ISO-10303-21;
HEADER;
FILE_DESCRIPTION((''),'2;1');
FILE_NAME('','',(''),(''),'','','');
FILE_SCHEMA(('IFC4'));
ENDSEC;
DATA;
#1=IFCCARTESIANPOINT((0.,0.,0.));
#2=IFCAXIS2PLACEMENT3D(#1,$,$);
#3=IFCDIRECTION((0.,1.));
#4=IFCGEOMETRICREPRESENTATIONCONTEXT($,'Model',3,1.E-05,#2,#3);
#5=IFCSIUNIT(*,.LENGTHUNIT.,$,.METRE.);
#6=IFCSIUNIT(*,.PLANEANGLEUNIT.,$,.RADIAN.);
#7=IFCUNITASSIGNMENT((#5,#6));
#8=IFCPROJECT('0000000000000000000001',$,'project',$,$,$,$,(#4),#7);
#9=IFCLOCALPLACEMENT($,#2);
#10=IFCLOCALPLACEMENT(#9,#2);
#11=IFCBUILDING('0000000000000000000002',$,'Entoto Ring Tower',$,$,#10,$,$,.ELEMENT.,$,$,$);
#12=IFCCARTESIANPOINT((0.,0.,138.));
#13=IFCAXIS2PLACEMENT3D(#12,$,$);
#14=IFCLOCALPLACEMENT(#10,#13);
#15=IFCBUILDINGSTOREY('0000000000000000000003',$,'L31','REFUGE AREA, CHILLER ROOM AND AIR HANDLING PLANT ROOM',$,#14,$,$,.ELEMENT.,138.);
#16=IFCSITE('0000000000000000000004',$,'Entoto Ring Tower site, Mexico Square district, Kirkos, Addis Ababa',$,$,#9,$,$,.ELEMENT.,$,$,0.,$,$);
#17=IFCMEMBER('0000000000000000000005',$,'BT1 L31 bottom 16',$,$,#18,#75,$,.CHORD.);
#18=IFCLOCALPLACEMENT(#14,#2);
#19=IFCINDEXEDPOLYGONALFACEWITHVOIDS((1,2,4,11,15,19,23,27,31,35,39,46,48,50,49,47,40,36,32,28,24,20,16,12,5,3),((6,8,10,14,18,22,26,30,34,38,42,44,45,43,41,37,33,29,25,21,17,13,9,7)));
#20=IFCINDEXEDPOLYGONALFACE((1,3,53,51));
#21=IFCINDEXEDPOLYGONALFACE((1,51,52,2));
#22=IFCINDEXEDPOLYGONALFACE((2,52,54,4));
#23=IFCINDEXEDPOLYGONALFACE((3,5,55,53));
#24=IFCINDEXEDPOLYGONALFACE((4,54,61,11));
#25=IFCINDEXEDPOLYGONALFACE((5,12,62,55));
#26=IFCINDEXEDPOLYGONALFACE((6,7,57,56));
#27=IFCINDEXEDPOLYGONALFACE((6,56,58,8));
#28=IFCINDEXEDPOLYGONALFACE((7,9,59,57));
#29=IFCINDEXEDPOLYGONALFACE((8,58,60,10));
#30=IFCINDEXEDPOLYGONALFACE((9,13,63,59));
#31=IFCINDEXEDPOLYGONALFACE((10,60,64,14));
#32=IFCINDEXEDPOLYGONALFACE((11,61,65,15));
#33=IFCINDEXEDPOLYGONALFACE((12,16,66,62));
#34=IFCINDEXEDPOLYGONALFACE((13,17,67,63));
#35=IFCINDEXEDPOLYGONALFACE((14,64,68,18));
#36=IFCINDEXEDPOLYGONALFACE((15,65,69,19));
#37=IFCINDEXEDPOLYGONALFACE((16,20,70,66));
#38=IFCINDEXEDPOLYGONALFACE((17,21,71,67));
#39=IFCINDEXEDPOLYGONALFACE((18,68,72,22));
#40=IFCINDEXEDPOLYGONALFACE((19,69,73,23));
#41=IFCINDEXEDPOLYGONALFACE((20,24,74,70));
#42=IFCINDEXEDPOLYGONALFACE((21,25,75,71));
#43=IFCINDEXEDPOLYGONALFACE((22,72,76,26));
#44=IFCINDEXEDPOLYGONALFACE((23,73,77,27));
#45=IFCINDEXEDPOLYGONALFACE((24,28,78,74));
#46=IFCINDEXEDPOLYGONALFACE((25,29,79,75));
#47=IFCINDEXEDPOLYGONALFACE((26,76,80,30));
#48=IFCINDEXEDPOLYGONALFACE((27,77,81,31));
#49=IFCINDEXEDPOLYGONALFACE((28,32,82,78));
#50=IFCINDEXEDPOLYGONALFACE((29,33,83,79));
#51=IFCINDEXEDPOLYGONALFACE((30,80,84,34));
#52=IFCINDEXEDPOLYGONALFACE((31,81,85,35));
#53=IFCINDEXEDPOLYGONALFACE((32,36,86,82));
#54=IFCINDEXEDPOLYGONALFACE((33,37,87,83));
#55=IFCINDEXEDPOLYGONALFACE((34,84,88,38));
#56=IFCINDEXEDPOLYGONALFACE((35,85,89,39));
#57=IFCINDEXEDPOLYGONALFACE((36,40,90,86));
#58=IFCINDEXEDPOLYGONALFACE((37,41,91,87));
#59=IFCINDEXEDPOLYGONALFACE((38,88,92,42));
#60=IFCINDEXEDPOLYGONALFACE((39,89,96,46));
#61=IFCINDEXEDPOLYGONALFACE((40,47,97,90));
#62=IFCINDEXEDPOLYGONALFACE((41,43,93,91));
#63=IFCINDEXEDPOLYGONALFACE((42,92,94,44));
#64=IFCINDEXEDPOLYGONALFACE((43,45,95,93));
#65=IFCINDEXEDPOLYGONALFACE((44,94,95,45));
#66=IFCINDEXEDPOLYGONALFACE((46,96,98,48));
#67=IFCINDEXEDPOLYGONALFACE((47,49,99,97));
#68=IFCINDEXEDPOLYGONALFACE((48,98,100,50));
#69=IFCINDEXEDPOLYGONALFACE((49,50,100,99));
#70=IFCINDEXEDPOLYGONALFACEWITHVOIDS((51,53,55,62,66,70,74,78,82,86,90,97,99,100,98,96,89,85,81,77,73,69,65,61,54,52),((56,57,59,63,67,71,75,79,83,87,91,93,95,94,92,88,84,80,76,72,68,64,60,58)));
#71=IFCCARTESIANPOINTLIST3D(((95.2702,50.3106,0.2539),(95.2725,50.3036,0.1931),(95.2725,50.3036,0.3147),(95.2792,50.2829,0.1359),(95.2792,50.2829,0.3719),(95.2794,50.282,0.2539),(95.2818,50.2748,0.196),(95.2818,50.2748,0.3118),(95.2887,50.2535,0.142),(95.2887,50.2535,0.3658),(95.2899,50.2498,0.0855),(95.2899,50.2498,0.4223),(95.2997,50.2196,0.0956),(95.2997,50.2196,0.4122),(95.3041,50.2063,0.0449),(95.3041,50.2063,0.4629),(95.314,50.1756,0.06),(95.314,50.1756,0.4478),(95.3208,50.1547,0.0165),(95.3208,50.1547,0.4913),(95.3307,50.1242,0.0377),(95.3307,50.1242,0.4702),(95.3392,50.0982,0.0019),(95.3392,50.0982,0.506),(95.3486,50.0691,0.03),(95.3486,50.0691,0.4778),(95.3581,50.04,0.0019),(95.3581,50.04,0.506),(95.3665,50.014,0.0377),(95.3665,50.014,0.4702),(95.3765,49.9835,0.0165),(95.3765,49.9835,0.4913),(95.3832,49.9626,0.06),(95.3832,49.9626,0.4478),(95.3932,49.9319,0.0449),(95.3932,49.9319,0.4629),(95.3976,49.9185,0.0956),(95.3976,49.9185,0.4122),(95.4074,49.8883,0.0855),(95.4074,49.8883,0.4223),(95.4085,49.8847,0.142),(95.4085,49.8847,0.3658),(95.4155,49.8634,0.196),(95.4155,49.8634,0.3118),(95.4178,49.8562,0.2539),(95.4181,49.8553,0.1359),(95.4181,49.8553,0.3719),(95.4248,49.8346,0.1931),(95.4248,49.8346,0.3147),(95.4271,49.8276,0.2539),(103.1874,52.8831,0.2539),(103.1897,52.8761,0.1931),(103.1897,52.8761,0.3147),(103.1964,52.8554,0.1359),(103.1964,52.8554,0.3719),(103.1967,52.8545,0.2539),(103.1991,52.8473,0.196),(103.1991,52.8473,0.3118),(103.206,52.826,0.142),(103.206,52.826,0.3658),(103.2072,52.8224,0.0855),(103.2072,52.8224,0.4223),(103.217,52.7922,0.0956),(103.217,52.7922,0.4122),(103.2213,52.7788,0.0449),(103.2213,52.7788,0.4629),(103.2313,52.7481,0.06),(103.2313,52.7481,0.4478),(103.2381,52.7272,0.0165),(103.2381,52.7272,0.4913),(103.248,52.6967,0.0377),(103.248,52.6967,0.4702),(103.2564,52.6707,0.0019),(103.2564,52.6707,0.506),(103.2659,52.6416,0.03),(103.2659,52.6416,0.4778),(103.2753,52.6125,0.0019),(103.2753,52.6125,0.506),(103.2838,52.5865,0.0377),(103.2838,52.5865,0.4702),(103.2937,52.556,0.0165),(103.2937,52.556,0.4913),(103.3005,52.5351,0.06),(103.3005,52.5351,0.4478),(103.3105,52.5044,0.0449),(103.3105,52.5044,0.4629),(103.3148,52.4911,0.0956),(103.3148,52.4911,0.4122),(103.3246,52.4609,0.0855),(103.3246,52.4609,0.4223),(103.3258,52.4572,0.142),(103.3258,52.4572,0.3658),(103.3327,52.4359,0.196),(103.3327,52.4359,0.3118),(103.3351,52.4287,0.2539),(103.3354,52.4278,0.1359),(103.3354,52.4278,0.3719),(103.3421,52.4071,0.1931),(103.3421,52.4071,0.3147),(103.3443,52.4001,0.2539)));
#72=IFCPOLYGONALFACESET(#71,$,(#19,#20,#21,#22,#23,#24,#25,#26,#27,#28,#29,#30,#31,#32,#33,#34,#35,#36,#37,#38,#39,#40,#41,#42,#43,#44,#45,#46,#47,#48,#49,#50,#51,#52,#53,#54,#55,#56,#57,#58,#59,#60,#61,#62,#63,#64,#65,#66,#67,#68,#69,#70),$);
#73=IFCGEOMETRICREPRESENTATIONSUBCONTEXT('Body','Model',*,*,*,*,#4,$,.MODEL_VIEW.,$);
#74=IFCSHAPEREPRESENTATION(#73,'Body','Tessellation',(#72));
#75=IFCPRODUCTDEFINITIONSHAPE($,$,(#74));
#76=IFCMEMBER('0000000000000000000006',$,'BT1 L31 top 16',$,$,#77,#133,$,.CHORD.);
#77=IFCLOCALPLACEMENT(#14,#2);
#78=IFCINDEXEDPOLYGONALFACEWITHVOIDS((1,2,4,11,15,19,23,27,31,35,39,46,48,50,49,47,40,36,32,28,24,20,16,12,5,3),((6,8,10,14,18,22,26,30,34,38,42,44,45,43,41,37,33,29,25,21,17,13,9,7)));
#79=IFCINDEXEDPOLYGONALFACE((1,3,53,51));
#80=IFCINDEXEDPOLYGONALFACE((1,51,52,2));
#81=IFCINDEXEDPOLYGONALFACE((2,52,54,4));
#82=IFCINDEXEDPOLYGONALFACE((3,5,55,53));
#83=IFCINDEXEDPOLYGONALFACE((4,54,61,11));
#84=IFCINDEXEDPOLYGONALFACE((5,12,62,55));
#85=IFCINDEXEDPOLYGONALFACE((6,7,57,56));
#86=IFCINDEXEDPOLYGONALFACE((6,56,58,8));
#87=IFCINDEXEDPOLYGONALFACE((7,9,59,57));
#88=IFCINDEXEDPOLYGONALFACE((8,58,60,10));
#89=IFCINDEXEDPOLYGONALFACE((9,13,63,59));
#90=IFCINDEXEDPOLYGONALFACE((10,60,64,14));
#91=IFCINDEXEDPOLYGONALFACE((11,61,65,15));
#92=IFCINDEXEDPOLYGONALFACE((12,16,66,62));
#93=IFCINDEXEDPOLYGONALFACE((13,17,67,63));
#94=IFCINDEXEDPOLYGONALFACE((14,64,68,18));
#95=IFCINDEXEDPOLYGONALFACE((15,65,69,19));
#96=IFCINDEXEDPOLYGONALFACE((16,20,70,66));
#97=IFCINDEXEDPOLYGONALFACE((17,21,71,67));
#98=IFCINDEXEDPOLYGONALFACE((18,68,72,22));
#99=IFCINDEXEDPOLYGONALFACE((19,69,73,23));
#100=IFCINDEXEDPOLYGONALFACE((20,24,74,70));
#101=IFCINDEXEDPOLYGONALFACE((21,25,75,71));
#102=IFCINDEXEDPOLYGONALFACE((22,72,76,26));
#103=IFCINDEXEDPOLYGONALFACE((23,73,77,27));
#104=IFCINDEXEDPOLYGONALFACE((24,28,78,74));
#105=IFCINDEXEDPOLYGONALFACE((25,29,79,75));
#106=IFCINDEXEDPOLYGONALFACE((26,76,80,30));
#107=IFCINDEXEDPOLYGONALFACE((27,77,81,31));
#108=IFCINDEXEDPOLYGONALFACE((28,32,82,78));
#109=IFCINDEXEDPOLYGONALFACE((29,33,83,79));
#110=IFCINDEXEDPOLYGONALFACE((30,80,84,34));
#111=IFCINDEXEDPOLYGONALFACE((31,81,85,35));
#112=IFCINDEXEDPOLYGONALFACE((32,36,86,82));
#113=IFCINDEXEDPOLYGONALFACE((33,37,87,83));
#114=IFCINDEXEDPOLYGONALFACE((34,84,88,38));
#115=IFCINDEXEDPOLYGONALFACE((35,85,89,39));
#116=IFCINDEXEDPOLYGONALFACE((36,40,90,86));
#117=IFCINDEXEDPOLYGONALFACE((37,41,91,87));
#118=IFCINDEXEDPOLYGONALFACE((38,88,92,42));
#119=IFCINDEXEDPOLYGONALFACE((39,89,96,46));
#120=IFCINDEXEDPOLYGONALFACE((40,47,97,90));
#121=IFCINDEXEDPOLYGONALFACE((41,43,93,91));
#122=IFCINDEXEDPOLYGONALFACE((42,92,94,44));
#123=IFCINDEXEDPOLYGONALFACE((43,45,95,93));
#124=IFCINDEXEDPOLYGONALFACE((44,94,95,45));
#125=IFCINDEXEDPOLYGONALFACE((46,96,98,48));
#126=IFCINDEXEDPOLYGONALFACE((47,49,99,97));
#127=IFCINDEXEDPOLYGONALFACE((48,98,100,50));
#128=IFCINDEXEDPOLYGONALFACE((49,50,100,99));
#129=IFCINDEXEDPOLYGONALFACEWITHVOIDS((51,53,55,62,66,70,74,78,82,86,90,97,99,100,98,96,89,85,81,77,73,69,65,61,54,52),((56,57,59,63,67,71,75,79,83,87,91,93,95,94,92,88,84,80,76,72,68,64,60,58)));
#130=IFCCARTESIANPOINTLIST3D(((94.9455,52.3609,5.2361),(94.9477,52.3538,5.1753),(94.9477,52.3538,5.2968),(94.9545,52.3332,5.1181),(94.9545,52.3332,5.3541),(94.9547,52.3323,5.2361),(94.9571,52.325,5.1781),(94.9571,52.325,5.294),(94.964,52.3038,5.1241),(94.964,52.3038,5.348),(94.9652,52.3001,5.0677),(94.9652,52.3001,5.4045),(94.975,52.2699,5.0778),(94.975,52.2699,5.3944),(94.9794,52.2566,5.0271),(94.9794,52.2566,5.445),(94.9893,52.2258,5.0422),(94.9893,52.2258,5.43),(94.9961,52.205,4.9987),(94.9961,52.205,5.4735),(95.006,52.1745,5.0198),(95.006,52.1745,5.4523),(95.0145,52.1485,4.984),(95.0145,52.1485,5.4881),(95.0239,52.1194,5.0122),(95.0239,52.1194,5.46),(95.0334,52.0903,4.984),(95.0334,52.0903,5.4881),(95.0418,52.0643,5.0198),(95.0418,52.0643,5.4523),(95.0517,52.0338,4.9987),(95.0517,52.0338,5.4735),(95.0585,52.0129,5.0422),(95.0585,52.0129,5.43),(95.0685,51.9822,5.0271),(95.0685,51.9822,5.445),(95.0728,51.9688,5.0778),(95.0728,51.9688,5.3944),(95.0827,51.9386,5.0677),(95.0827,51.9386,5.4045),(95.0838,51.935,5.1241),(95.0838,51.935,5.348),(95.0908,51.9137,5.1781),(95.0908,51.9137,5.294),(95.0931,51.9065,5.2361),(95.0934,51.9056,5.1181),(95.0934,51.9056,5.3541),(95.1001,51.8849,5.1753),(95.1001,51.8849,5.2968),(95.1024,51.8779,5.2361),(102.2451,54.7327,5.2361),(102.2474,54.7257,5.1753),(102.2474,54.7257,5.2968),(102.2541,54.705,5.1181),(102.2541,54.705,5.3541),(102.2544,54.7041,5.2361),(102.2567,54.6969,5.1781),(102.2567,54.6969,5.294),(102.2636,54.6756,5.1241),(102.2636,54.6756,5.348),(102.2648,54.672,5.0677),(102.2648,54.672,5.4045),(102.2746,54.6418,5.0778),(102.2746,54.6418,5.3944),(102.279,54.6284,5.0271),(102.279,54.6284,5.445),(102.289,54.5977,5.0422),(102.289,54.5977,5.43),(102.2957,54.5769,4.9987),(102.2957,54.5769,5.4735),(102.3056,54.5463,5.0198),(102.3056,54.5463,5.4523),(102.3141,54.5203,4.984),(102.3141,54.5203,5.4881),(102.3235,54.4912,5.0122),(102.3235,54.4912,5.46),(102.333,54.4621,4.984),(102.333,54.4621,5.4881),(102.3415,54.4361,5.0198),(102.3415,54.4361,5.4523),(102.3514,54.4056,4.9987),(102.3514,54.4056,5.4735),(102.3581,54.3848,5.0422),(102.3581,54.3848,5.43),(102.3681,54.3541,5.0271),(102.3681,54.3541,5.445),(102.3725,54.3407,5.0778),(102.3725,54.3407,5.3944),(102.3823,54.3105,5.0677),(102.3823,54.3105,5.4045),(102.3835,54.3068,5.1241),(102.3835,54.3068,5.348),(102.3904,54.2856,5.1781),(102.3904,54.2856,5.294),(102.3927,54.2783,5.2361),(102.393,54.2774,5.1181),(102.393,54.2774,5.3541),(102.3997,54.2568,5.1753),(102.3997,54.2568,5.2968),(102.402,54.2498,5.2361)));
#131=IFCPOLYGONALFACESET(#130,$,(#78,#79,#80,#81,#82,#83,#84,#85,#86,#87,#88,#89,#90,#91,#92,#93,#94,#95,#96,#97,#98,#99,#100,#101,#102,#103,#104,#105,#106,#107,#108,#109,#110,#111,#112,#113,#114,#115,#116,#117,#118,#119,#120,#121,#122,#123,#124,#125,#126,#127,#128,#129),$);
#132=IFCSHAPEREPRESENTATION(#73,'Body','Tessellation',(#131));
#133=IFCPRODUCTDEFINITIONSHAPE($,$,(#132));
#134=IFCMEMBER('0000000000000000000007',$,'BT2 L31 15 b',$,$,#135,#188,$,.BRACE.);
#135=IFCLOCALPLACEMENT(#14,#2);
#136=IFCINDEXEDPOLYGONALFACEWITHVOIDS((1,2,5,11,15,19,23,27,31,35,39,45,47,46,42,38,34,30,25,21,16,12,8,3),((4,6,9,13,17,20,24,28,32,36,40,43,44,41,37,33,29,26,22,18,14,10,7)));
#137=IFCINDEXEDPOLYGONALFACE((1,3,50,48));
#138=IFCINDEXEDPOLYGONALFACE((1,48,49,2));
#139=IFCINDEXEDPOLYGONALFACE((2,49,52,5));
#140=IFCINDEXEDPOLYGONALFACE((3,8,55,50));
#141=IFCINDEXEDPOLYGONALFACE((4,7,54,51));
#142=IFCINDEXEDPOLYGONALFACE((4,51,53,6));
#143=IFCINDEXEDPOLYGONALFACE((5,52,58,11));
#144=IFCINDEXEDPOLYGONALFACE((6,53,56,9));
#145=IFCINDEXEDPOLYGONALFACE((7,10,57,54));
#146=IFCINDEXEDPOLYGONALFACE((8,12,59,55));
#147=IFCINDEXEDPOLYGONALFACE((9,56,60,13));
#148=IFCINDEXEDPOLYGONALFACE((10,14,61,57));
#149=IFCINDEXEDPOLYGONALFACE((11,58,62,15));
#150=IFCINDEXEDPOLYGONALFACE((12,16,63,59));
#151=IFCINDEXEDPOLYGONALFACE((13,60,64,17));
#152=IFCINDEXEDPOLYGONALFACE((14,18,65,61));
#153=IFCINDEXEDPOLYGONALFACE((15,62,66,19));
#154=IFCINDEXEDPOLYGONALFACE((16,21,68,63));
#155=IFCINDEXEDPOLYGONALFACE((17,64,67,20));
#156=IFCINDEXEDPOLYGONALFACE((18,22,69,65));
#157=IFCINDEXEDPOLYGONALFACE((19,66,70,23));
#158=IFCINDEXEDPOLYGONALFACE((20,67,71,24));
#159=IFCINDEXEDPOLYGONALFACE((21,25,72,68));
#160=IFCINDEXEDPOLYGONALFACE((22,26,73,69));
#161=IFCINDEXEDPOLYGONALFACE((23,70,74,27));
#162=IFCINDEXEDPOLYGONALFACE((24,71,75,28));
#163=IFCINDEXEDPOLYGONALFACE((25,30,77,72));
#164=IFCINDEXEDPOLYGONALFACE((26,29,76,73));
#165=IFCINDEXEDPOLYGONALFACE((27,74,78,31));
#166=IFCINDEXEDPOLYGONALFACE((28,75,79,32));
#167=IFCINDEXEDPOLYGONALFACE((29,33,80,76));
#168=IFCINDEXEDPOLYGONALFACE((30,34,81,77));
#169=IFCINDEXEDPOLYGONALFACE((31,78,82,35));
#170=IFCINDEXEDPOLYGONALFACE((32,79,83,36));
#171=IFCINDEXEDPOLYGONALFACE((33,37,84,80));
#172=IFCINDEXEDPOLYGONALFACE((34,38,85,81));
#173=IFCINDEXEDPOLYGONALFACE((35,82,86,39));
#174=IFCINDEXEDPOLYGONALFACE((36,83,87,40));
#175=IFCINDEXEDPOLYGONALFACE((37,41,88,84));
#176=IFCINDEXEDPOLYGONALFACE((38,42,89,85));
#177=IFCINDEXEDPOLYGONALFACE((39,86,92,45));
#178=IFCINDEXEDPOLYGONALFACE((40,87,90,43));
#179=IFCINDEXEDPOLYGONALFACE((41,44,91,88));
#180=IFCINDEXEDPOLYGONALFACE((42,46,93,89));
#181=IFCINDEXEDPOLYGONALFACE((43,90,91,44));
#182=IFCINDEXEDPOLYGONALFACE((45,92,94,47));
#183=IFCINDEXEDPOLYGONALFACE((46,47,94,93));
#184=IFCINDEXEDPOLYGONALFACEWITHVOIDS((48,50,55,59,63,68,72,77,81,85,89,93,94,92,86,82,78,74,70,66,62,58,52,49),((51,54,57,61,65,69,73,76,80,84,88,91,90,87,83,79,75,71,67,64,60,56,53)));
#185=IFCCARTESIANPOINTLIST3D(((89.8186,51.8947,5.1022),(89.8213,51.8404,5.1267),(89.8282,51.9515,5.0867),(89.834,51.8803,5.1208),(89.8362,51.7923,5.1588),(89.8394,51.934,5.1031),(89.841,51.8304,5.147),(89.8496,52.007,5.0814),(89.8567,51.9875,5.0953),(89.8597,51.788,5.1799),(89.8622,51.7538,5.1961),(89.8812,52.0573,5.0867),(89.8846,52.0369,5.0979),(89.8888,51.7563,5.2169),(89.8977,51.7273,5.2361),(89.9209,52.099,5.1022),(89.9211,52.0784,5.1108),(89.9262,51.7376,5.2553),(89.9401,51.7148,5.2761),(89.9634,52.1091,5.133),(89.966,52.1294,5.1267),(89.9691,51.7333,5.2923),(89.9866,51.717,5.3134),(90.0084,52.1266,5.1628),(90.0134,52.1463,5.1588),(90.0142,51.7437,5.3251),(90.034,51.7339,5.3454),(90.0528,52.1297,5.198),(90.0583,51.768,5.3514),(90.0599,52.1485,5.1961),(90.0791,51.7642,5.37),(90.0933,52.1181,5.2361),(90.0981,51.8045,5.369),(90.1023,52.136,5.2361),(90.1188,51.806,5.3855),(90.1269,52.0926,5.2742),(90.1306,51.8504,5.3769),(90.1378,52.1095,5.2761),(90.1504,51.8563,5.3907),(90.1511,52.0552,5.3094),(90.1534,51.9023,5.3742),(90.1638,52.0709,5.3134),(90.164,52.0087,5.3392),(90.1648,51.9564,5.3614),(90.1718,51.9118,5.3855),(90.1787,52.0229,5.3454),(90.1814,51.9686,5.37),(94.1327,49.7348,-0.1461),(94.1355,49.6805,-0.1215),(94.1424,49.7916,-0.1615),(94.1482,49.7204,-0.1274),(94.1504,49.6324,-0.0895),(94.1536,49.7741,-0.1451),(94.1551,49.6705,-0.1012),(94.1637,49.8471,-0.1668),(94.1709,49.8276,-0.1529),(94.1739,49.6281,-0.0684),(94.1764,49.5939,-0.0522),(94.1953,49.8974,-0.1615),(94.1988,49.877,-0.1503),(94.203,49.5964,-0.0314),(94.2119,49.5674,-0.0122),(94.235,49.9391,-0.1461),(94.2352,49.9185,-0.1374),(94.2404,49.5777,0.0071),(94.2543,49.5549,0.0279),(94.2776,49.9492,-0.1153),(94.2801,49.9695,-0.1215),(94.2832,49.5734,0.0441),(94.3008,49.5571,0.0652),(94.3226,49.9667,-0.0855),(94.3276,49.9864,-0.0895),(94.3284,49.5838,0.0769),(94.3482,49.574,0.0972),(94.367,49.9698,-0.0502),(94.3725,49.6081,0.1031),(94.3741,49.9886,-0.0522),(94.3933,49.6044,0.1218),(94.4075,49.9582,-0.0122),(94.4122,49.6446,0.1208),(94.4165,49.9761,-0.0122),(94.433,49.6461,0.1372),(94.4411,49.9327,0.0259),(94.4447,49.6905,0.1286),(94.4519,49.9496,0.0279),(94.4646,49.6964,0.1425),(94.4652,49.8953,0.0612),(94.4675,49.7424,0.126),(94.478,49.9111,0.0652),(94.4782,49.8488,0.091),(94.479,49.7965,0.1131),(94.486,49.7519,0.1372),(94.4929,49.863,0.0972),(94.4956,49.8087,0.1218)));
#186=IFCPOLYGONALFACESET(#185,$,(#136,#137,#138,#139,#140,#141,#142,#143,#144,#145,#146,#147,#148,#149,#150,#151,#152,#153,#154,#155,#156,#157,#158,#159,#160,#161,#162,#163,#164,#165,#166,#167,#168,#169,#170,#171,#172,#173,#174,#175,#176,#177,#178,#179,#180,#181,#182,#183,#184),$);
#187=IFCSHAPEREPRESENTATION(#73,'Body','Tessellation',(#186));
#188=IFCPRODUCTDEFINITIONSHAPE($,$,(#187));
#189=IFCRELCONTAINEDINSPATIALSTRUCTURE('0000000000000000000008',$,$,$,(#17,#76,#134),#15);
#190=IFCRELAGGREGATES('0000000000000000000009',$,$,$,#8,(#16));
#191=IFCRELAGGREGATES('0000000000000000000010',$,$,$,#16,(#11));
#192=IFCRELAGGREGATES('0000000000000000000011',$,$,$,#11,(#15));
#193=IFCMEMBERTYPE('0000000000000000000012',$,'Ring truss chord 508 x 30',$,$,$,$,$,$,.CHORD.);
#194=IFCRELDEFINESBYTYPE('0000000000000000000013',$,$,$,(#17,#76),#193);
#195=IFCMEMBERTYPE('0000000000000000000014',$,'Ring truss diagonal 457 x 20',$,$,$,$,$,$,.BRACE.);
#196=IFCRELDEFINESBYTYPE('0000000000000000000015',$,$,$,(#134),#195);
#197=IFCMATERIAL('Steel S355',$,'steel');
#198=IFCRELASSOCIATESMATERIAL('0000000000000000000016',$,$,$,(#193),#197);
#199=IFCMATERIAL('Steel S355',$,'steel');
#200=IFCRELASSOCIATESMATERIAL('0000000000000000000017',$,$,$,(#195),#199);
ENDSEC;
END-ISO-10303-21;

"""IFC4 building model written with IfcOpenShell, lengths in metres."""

from ifc_helpers import new_model, si_unit, direction, frame, origin, origin_2d, place, context, subcontext, project, spatial, circle, hollow_circle, extrude, material, material_profile, profile_set, type_object, element, save


model = new_model("IFC4")

# Units and contexts
model_context = context("Model", 3, precision=1e-05, world=origin(), true_north=direction((0.0, 1.0)))
body_context = subcontext(model_context, "Body", "Model", "MODEL_VIEW")
ifc_project = project(units=[si_unit("LENGTHUNIT", "METRE"), si_unit("PLANEANGLEUNIT", "RADIAN")], contexts=[model_context])

# Site, building, storey
site_placement = place(None, origin())
site = spatial("IfcSite", under=ifc_project, at=site_placement, Name="Entoto Ring Tower site, Mexico Square district, Kirkos, Addis Ababa", CompositionType="ELEMENT", RefElevation=0.0)
building_placement = place(site_placement, origin())
building = spatial("IfcBuilding", under=site, at=building_placement, Name="Entoto Ring Tower", CompositionType="ELEMENT")
storey_placement = place(building_placement, frame((0.0, 0.0, 138.0)))
storey = spatial("IfcBuildingStorey", under=building, at=storey_placement, Name="L31", Description="REFUGE AREA, CHILLER ROOM AND AIR HANDLING PLANT ROOM", CompositionType="ELEMENT", Elevation=138.0)

# Members
ifc_material_1 = material(Name="Steel S355", Category="steel")
ifc_material_profile_1 = material_profile(ifc_material_1, hollow_circle(Radius=0.2539, WallThickness=0.03, at=origin_2d()), Name="CHS 508 x 30")
ifc_material_2 = material(Name="Concrete C60/75", Category="concrete")
ifc_material_profile_2 = material_profile(ifc_material_2, circle(Radius=0.2241, at=origin_2d()), Name="Concrete C60/75 infill")
ifc_profile_set_1 = profile_set([ifc_material_profile_1, ifc_material_profile_2], Name="Steel S355")
member_type_1 = type_object("IfcMemberType", Name="Ring truss chord 508 x 30", PredefinedType="CHORD", material=ifc_profile_set_1)
member_1_placement = place(storey_placement, frame((95.3486, 50.0691, 0.2539), z_axis=(0.951055, 0.309022, 0.0), x_axis=(-0.309022, 0.951055, 0.0)))
element("IfcMember", 1, at=member_1_placement, inside=storey, type_object=member_type_1, Name="BT1 L31 bottom 16", PredefinedType="CHORD", context=body_context, shape_type="SweptSolid", body=[
    extrude(hollow_circle(Radius=0.2539, WallThickness=0.03, at=origin_2d()), origin(), (0.0, 0.0, 1.0), 8.3247),
])
member_2_placement = place(storey_placement, frame((95.0239, 52.1194, 5.2361), z_axis=(0.951054, 0.309023, 0.0), x_axis=(-0.309023, 0.951054, 0.0)))
element("IfcMember", 2, at=member_2_placement, inside=storey, type_object=member_type_1, Name="BT1 L31 top 16", PredefinedType="CHORD", context=body_context, shape_type="SweptSolid", body=[
    extrude(hollow_circle(Radius=0.2539, WallThickness=0.03, at=origin_2d()), origin(), (0.0, 0.0, 1.0), 7.6753),
])
ifc_material_3 = material(Name="Steel S355", Category="steel")
ifc_material_profile_3 = material_profile(ifc_material_3, hollow_circle(Radius=0.2285, WallThickness=0.02, at=origin_2d()), Name="CHS 457 x 20")
ifc_material_4 = material(Name="Concrete C60/75", Category="concrete")
ifc_material_profile_4 = material_profile(ifc_material_4, circle(Radius=0.2085, at=origin_2d()), Name="Concrete C60/75 infill")
ifc_profile_set_2 = profile_set([ifc_material_profile_3, ifc_material_profile_4], Name="Steel S355")
member_type_2 = type_object("IfcMemberType", Name="Ring truss diagonal 457 x 20", PredefinedType="BRACE", material=ifc_profile_set_2)
for number, where, z_axis, x_axis, name in (
    (3, (90.0, 51.9316, 5.2361), (0.605166, -0.302977, -0.736192), (0.447679, 0.894194, 0.0), "BT2 L31 15 b"),
):
    element("IfcMember", number, at=place(storey_placement, frame(where, z_axis=z_axis, x_axis=x_axis)), inside=storey, type_object=member_type_2, Name=name, PredefinedType="BRACE", context=body_context, shape_type="SweptSolid", body=[
        extrude(hollow_circle(Radius=0.2285, WallThickness=0.02, at=origin_2d()), origin(), (0.0, 0.0, 1.0), 7.1289),
    ])

save(model, "model.ifc")
